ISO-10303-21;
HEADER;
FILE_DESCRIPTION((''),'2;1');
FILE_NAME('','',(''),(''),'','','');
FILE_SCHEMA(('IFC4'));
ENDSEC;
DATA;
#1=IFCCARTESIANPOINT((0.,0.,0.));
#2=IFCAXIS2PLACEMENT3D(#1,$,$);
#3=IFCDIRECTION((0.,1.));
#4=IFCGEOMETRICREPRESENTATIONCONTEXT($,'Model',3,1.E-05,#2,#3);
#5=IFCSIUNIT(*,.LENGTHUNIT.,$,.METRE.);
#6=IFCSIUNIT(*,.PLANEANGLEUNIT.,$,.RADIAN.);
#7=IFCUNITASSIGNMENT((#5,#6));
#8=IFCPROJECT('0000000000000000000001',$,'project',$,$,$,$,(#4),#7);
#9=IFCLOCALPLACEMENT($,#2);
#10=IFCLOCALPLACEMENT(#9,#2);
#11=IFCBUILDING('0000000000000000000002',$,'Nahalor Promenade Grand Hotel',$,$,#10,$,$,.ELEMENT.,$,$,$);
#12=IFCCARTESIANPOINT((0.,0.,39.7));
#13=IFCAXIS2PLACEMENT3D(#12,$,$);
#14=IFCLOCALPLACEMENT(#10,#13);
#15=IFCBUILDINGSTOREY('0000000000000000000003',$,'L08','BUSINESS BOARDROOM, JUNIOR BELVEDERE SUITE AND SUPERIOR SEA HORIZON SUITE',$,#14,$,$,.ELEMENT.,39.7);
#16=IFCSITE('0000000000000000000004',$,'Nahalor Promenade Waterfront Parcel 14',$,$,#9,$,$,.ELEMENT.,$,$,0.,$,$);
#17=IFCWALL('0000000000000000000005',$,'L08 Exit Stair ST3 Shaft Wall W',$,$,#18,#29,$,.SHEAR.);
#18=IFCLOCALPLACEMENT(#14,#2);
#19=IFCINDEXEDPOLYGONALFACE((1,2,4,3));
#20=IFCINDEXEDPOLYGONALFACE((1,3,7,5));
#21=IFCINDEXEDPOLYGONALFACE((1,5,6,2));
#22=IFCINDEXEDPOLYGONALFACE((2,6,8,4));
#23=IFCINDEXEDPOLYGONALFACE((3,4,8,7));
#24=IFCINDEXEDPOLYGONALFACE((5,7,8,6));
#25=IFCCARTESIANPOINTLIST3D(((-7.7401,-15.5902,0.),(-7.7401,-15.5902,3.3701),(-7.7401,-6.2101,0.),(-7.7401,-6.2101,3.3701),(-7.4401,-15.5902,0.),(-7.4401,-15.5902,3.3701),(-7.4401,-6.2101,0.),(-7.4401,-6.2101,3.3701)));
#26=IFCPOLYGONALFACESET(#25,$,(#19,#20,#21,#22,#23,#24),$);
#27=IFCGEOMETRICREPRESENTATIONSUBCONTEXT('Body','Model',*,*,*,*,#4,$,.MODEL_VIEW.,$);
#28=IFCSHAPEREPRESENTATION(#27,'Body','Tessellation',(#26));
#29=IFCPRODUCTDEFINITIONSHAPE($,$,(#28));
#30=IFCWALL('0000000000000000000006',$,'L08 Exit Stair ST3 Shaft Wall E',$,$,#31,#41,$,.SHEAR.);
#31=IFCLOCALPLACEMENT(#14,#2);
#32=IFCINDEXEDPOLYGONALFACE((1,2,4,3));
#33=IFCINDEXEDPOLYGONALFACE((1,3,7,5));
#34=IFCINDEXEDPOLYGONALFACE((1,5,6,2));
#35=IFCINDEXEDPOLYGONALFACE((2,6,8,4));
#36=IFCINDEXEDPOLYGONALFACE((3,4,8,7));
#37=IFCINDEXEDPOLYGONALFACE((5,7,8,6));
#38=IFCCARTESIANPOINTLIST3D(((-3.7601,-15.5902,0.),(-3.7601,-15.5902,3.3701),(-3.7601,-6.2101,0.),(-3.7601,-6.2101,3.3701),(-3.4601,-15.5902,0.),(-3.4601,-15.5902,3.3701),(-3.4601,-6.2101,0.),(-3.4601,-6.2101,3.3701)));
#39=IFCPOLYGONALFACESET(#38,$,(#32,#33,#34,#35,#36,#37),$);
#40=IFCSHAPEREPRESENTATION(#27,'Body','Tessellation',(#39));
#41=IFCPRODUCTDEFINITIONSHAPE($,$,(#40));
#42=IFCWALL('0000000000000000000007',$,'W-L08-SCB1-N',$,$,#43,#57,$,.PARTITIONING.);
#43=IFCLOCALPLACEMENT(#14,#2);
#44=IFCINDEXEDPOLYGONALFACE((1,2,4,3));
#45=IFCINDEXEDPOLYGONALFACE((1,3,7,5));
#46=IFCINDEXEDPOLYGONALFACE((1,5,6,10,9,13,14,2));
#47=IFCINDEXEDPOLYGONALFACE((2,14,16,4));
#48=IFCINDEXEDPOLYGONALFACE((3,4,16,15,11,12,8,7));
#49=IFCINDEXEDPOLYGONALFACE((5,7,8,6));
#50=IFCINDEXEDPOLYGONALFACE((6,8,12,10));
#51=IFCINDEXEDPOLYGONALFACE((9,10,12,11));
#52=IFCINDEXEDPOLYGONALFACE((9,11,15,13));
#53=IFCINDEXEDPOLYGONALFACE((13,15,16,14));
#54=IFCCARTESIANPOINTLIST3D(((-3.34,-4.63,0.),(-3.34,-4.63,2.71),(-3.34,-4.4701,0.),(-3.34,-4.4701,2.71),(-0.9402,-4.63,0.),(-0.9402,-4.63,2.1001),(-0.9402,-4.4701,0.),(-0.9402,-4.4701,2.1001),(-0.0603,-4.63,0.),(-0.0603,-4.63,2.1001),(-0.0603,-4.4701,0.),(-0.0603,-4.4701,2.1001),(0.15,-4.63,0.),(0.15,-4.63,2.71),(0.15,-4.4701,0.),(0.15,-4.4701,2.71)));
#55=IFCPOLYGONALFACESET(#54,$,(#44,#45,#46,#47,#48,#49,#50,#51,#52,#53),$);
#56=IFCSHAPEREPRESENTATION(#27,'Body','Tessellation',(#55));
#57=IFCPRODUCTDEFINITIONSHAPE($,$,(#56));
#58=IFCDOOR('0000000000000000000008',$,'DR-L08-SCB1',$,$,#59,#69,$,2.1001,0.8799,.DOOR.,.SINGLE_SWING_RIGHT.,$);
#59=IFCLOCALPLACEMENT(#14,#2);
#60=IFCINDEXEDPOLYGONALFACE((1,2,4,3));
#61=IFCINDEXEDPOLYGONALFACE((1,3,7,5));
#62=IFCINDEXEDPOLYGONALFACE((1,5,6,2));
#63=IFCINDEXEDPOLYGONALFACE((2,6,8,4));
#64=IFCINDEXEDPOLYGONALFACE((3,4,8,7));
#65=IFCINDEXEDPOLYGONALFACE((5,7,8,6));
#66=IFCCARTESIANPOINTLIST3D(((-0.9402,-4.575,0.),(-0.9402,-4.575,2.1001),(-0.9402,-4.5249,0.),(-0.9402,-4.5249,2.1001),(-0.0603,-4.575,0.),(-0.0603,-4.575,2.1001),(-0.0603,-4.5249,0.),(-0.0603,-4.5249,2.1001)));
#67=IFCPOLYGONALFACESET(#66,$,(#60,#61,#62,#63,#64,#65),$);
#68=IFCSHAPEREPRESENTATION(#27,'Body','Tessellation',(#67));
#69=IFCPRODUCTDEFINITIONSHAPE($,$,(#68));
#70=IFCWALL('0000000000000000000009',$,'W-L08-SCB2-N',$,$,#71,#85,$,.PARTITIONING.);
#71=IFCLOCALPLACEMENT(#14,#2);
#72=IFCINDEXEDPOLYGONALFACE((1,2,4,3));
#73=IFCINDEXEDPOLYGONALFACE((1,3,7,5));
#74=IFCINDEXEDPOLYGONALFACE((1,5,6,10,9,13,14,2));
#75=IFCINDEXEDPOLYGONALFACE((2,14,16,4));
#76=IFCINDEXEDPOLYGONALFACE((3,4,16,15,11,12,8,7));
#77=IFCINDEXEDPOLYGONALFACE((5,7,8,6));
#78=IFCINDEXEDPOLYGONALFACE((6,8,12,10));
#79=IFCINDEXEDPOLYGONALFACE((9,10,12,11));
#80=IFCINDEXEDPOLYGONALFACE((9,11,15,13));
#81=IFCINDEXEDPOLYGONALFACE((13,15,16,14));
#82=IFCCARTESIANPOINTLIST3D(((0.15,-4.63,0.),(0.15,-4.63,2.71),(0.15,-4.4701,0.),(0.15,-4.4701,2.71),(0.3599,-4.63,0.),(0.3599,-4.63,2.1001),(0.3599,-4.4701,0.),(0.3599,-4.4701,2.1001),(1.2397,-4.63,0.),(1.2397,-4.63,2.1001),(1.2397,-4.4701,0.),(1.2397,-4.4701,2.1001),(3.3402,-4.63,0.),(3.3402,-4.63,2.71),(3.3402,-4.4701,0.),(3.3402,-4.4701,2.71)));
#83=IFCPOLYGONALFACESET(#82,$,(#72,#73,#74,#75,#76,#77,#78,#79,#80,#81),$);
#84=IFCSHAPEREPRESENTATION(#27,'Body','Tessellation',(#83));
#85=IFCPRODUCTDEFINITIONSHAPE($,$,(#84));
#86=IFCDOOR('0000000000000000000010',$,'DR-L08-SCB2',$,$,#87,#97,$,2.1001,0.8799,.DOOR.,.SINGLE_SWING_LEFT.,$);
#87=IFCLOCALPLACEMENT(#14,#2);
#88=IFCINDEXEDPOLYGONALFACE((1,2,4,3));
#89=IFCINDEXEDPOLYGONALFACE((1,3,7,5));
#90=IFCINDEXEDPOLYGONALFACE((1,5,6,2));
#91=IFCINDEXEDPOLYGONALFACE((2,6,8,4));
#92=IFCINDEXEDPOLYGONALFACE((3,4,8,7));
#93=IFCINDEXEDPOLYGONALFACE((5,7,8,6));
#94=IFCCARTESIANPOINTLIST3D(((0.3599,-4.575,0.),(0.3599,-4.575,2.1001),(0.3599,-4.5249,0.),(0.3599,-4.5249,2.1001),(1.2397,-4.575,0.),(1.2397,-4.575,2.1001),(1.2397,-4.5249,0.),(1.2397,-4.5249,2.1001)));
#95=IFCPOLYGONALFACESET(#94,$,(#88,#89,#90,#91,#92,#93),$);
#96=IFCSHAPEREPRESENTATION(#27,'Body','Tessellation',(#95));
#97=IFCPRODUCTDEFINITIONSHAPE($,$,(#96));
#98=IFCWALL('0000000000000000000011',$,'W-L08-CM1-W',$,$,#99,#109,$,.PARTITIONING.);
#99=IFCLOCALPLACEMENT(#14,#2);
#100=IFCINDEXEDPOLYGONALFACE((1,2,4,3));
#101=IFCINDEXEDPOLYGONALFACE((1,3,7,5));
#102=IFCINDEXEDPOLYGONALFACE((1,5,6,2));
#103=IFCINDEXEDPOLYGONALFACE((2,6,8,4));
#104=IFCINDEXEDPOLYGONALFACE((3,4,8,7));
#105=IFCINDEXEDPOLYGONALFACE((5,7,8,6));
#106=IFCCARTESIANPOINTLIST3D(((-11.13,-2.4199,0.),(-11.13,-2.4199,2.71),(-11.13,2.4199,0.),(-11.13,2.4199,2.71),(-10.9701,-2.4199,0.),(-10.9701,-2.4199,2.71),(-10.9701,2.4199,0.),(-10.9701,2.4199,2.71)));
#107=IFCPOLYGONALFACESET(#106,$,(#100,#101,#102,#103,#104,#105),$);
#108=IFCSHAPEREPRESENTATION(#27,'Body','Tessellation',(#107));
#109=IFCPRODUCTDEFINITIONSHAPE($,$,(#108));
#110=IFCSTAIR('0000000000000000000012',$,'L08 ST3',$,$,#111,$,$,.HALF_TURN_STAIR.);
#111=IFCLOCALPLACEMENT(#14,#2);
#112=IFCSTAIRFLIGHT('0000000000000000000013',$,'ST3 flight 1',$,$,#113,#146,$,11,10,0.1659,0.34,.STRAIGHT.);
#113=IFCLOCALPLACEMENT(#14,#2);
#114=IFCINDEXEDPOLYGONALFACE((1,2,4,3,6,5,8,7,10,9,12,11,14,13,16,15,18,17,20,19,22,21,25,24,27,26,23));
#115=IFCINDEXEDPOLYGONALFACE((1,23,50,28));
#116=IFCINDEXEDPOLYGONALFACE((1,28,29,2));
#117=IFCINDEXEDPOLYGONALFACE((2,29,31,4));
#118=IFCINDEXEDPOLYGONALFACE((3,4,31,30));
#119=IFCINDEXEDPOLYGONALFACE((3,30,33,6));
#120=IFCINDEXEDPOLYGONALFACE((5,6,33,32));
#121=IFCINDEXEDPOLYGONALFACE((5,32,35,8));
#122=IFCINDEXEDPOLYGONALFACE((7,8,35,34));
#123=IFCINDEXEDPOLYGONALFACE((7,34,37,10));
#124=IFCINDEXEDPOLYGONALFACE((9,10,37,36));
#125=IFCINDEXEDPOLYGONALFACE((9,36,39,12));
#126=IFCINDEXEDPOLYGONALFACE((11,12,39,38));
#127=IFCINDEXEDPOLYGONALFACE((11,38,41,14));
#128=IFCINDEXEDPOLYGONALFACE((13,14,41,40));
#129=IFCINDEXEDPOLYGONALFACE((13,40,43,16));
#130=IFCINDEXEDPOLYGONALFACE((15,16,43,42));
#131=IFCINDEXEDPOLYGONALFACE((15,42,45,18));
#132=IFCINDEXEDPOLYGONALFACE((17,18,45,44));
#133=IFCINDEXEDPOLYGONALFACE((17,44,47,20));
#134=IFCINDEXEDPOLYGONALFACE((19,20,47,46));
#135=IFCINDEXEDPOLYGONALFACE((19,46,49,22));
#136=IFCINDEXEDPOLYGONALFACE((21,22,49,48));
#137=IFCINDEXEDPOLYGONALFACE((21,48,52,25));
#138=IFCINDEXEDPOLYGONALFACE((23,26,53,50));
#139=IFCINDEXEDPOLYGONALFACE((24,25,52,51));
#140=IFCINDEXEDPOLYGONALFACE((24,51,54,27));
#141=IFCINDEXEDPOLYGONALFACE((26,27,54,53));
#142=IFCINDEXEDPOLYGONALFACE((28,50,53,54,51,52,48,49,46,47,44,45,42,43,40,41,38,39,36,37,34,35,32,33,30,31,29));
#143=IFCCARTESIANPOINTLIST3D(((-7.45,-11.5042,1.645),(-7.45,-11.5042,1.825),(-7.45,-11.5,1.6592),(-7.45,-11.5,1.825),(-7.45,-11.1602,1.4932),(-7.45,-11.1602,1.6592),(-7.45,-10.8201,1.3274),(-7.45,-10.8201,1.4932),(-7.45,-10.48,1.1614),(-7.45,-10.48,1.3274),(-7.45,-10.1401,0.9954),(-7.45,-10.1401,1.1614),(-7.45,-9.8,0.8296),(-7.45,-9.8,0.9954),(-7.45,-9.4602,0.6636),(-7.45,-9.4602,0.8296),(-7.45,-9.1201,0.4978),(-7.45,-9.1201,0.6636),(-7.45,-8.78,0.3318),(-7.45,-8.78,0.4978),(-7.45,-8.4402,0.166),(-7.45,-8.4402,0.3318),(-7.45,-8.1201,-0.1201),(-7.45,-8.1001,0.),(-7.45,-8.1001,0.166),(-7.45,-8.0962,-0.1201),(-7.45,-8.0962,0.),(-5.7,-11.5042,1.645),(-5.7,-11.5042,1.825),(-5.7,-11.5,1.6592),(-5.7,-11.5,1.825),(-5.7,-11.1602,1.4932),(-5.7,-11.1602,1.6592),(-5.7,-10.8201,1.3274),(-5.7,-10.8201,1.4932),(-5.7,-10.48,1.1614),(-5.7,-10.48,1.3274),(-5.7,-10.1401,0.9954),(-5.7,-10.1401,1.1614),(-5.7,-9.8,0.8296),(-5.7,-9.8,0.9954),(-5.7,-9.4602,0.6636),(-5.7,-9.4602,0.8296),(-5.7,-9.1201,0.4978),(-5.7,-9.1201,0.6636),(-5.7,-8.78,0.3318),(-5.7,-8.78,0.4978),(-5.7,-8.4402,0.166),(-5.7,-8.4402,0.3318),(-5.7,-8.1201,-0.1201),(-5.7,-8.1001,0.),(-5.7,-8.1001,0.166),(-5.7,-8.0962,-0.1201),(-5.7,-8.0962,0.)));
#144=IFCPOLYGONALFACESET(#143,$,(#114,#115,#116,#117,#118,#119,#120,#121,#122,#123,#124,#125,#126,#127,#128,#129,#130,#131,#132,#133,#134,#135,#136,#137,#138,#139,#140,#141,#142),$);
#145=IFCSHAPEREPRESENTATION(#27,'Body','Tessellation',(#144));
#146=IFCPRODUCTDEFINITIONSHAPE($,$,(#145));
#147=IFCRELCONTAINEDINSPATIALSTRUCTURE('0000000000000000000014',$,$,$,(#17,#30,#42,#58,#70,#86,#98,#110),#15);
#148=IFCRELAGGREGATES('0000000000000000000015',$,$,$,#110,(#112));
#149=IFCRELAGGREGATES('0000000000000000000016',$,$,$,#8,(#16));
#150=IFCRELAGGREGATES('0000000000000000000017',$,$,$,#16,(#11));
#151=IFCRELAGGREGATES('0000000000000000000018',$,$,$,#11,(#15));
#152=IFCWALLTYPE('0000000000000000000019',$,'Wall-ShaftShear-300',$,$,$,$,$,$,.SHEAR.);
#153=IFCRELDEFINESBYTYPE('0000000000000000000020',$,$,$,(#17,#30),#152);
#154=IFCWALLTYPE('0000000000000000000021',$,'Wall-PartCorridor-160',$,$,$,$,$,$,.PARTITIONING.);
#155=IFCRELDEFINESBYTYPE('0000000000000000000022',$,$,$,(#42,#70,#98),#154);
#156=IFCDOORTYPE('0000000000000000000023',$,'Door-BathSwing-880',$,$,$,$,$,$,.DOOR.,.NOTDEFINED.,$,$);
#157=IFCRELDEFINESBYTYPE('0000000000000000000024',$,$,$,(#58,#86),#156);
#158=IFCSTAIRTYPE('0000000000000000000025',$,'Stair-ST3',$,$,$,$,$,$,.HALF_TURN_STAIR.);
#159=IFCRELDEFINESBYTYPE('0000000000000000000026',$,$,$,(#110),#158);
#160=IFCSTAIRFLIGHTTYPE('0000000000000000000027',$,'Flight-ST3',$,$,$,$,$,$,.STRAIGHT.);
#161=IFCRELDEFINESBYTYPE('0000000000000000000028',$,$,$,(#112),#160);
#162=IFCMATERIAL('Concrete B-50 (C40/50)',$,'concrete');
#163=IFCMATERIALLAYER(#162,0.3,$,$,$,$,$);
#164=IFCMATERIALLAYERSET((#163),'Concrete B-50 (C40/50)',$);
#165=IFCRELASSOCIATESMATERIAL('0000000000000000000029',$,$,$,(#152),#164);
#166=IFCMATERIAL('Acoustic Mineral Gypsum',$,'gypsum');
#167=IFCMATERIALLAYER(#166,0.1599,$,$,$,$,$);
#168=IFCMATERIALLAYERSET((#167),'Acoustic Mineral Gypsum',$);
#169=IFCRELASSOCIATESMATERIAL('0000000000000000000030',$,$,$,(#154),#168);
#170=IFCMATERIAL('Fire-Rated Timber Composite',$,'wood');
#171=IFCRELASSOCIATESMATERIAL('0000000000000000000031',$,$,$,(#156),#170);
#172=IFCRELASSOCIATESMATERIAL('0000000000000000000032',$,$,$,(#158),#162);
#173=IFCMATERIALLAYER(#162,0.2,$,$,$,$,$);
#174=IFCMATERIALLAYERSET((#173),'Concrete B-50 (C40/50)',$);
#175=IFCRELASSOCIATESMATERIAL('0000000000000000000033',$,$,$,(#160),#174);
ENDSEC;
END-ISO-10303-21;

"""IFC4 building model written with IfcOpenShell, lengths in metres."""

from ifc_helpers import new_model, si_unit, direction, frame, frame_2d, origin, place, context, subcontext, project, spatial, polyline, rectangle, outline, extrude, source, transform, mapped, material, layer, layer_set, type_object, element, fill, aggregate, save


model = new_model("IFC4")

# Units and contexts
model_context = context("Model", 3, precision=1e-05, world=origin(), true_north=direction((0.0, 1.0)))
body_context = subcontext(model_context, "Body", "Model", "MODEL_VIEW")
ifc_project = project(units=[si_unit("LENGTHUNIT", "METRE"), si_unit("PLANEANGLEUNIT", "RADIAN")], contexts=[model_context])

# Site, building, storey
site_placement = place(None, origin())
site = spatial("IfcSite", under=ifc_project, at=site_placement, Name="Nahalor Promenade Waterfront Parcel 14", CompositionType="ELEMENT", RefElevation=0.0)
building_placement = place(site_placement, origin())
building = spatial("IfcBuilding", under=site, at=building_placement, Name="Nahalor Promenade Grand Hotel", CompositionType="ELEMENT")
storey_placement = place(building_placement, frame((0.0, 0.0, 39.7)))
storey = spatial("IfcBuildingStorey", under=building, at=storey_placement, Name="L08", Description="BUSINESS BOARDROOM, JUNIOR BELVEDERE SUITE AND SUPERIOR SEA HORIZON SUITE", CompositionType="ELEMENT", Elevation=39.7)

# Shared definitions
ifc_material_1 = material(Name="Concrete B-50 (C40/50)", Category="concrete")
ifc_layer_1 = layer(ifc_material_1, 0.3)
ifc_layer_set_1 = layer_set([ifc_layer_1], Name="Concrete B-50 (C40/50)")
wall_type_1 = type_object("IfcWallType", Name="Wall-ShaftShear-300", PredefinedType="SHEAR", material=ifc_layer_set_1)

# Walls
shared_shape_1 = source(origin(), body_context, "Body", "SweptSolid", [
    extrude(rectangle(XDim=9.3801, YDim=0.3, at=frame_2d((4.6899, 0.0))), origin(), (0.0, 0.0, 1.0), 3.3701),
])
for number, where, z_axis, x_axis, name in (
    (1, (-7.5901, -15.5901, 0.0), (0.0, 0.0, 1.0), (0.0, 1.0, 0.0), "L08 Exit Stair ST3 Shaft Wall W"),
    (2, (-3.6101, -15.5901, 0.0), (0.0, 0.0, 1.0), (0.0, 1.0, 0.0), "L08 Exit Stair ST3 Shaft Wall E"),
):
    element("IfcWall", number, at=place(storey_placement, frame(where, z_axis=z_axis, x_axis=x_axis)), inside=storey, type_object=wall_type_1, Name=name, PredefinedType="SHEAR", context=body_context, shape_type="MappedRepresentation", body=[
        mapped(shared_shape_1, transform((0.0, 0.0, 0.0), scale=1.0)),
    ])

# Walls, openings, doors
ifc_material_2 = material(Name="Acoustic Mineral Gypsum", Category="gypsum")
ifc_layer_2 = layer(ifc_material_2, 0.1599)
ifc_layer_set_2 = layer_set([ifc_layer_2], Name="Acoustic Mineral Gypsum")
wall_type_2 = type_object("IfcWallType", Name="Wall-PartCorridor-160", PredefinedType="PARTITIONING", material=ifc_layer_set_2)
shared_shape_2 = source(origin(), body_context, "Body", "SweptSolid", [
    extrude(rectangle(XDim=3.49, YDim=0.1599, at=frame_2d((1.7451, 0.0))), origin(), (0.0, 0.0, 1.0), 2.71),
])
wall_1_placement = place(storey_placement, frame((-3.3401, -4.55, 0.0), z_axis=(0.0, 0.0, 1.0), x_axis=(1.0, 0.0, 0.0)))
wall_1 = element("IfcWall", 3, at=wall_1_placement, inside=storey, type_object=wall_type_2, Name="W-L08-SCB1-N", PredefinedType="PARTITIONING", context=body_context, shape_type="MappedRepresentation", body=[
    mapped(shared_shape_2, transform((0.0, 0.0, 0.0), scale=1.0)),
])
opening_1_placement = place(wall_1_placement, frame((2.3999, 0.0, 0.0)))
opening_1 = element("IfcOpeningElement", 4, at=opening_1_placement, cuts=wall_1, PredefinedType="OPENING", context=body_context, shape_type="SweptSolid", body=[
    extrude(rectangle(XDim=0.8799, YDim=2.1001, at=frame_2d((0.4399, 1.05))), frame((0.0, 0.0898, 0.0), z_axis=(0.0, -1.0, 0.0), x_axis=(1.0, 0.0, 0.0)), (0.0, 0.0, 1.0), 0.1799),
])
ifc_material_3 = material(Name="Fire-Rated Timber Composite", Category="wood")
door_type_1 = type_object("IfcDoorType", Name="Door-BathSwing-880", OperationType="NOTDEFINED", PredefinedType="DOOR", material=ifc_material_3)
shared_shape_3 = source(origin(), body_context, "Body", "SweptSolid", [
    extrude(rectangle(XDim=0.8799, YDim=2.1001, at=frame_2d((0.4399, 1.05))), frame((0.0, 0.0249, 0.0), z_axis=(0.0, -1.0, 0.0), x_axis=(1.0, 0.0, 0.0)), (0.0, 0.0, 1.0), 0.05),
])
door_1_placement = place(opening_1_placement, frame((0.8799, 0.0, 0.0), z_axis=(0.0, 0.0, 1.0), x_axis=(-1.0, 0.0, 0.0)))
door_1 = element("IfcDoor", 5, at=door_1_placement, inside=storey, type_object=door_type_1, Name="DR-L08-SCB1", OperationType="SINGLE_SWING_RIGHT", OverallHeight=2.1001, OverallWidth=0.8799, PredefinedType="DOOR", context=body_context, shape_type="MappedRepresentation", body=[
    mapped(shared_shape_3, transform((0.0, 0.0, 0.0), scale=1.0)),
])
fill(opening_1, door_1)
shared_shape_4 = source(origin(), body_context, "Body", "SweptSolid", [
    extrude(rectangle(XDim=3.1902, YDim=0.1599, at=frame_2d((1.5952, 0.0))), origin(), (0.0, 0.0, 1.0), 2.71),
])
wall_2_placement = place(storey_placement, frame((0.1499, -4.55, 0.0), z_axis=(0.0, 0.0, 1.0), x_axis=(1.0, 0.0, 0.0)))
wall_2 = element("IfcWall", 6, at=wall_2_placement, inside=storey, type_object=wall_type_2, Name="W-L08-SCB2-N", PredefinedType="PARTITIONING", context=body_context, shape_type="MappedRepresentation", body=[
    mapped(shared_shape_4, transform((0.0, 0.0, 0.0), scale=1.0)),
])
opening_2_placement = place(wall_2_placement, frame((0.21, 0.0, 0.0)))
opening_2 = element("IfcOpeningElement", 7, at=opening_2_placement, cuts=wall_2, PredefinedType="OPENING", context=body_context, shape_type="SweptSolid", body=[
    extrude(rectangle(XDim=0.8799, YDim=2.1001, at=frame_2d((0.4399, 1.05))), frame((0.0, 0.0898, 0.0), z_axis=(0.0, -1.0, 0.0), x_axis=(1.0, 0.0, 0.0)), (0.0, 0.0, 1.0), 0.1799),
])
door_2_placement = place(opening_2_placement, frame((0.8799, 0.0, 0.0), z_axis=(0.0, 0.0, 1.0), x_axis=(-1.0, 0.0, 0.0)))
door_2 = element("IfcDoor", 8, at=door_2_placement, inside=storey, type_object=door_type_1, Name="DR-L08-SCB2", OperationType="SINGLE_SWING_LEFT", OverallHeight=2.1001, OverallWidth=0.8799, PredefinedType="DOOR", context=body_context, shape_type="MappedRepresentation", body=[
    mapped(shared_shape_3, transform((0.0, 0.0, 0.0), scale=1.0)),
])
fill(opening_2, door_2)

# Wall
shared_shape_5 = source(origin(), body_context, "Body", "SweptSolid", [
    extrude(rectangle(XDim=4.8398, YDim=0.1599, at=frame_2d((2.4199, 0.0))), origin(), (0.0, 0.0, 1.0), 2.71),
])
wall_3_placement = place(storey_placement, frame((-11.05, -2.4199, 0.0), z_axis=(0.0, 0.0, 1.0), x_axis=(0.0, 1.0, 0.0)))
element("IfcWall", 9, at=wall_3_placement, inside=storey, type_object=wall_type_2, Name="W-L08-CM1-W", PredefinedType="PARTITIONING", context=body_context, shape_type="MappedRepresentation", body=[
    mapped(shared_shape_5, transform((0.0, 0.0, 0.0), scale=1.0)),
])

# Stair, stair flight
stair_type = type_object("IfcStairType", Name="Stair-ST3", PredefinedType="HALF_TURN_STAIR", material=ifc_material_1)
stair_placement = place(storey_placement, origin())
stair = element("IfcStair", 10, at=stair_placement, inside=storey, type_object=stair_type, Name="L08 ST3", PredefinedType="HALF_TURN_STAIR")
ifc_layer_3 = layer(ifc_material_1, 0.2)
ifc_layer_set_3 = layer_set([ifc_layer_3], Name="Concrete B-50 (C40/50)")
stair_flight_type = type_object("IfcStairFlightType", Name="Flight-ST3", PredefinedType="STRAIGHT", material=ifc_layer_set_3)
shared_shape_6 = source(origin(), body_context, "Body", "SweptSolid", [
    extrude(outline(polyline([(-0.0039, -0.1201), (-0.0039, 0.0), (0.0, 0.0), (0.0, 0.166), (0.3401, 0.166), (0.3401, 0.3318), (0.6799, 0.3318), (0.6799, 0.4978), (1.02, 0.4978), (1.02, 0.6636), (1.3601, 0.6636), (1.3601, 0.8296), (1.7, 0.8296), (1.7, 0.9954), (2.04, 0.9954), (2.04, 1.1614), (2.3799, 1.1614), (2.3799, 1.3274), (2.72, 1.3274), (2.72, 1.4932), (3.0601, 1.4932), (3.0601, 1.6592), (3.3999, 1.6592), (3.3999, 1.825), (3.4041, 1.825), (3.4041, 1.645), (0.02, -0.1201), (-0.0039, -0.1201)])), frame((0.0, 0.875, 0.0), z_axis=(0.0, -1.0, 0.0), x_axis=(1.0, 0.0, 0.0)), (0.0, 0.0, 1.0), 1.75),
])
stair_flight_1_placement = place(storey_placement, frame((-6.575, -8.1001, 0.0), z_axis=(0.0, 0.0, 1.0), x_axis=(0.0, -1.0, 0.0)))
stair_flight_1 = element("IfcStairFlight", 11, at=stair_flight_1_placement, type_object=stair_flight_type, Name="ST3 flight 1", NumberOfRisers=11, NumberOfTreads=10, PredefinedType="STRAIGHT", RiserHeight=0.1659, TreadLength=0.34, context=body_context, shape_type="MappedRepresentation", body=[
    mapped(shared_shape_6, transform((0.0, 0.0, 0.0), scale=1.0)),
])
aggregate(stair, [stair_flight_1])

save(model, "model.ifc")
